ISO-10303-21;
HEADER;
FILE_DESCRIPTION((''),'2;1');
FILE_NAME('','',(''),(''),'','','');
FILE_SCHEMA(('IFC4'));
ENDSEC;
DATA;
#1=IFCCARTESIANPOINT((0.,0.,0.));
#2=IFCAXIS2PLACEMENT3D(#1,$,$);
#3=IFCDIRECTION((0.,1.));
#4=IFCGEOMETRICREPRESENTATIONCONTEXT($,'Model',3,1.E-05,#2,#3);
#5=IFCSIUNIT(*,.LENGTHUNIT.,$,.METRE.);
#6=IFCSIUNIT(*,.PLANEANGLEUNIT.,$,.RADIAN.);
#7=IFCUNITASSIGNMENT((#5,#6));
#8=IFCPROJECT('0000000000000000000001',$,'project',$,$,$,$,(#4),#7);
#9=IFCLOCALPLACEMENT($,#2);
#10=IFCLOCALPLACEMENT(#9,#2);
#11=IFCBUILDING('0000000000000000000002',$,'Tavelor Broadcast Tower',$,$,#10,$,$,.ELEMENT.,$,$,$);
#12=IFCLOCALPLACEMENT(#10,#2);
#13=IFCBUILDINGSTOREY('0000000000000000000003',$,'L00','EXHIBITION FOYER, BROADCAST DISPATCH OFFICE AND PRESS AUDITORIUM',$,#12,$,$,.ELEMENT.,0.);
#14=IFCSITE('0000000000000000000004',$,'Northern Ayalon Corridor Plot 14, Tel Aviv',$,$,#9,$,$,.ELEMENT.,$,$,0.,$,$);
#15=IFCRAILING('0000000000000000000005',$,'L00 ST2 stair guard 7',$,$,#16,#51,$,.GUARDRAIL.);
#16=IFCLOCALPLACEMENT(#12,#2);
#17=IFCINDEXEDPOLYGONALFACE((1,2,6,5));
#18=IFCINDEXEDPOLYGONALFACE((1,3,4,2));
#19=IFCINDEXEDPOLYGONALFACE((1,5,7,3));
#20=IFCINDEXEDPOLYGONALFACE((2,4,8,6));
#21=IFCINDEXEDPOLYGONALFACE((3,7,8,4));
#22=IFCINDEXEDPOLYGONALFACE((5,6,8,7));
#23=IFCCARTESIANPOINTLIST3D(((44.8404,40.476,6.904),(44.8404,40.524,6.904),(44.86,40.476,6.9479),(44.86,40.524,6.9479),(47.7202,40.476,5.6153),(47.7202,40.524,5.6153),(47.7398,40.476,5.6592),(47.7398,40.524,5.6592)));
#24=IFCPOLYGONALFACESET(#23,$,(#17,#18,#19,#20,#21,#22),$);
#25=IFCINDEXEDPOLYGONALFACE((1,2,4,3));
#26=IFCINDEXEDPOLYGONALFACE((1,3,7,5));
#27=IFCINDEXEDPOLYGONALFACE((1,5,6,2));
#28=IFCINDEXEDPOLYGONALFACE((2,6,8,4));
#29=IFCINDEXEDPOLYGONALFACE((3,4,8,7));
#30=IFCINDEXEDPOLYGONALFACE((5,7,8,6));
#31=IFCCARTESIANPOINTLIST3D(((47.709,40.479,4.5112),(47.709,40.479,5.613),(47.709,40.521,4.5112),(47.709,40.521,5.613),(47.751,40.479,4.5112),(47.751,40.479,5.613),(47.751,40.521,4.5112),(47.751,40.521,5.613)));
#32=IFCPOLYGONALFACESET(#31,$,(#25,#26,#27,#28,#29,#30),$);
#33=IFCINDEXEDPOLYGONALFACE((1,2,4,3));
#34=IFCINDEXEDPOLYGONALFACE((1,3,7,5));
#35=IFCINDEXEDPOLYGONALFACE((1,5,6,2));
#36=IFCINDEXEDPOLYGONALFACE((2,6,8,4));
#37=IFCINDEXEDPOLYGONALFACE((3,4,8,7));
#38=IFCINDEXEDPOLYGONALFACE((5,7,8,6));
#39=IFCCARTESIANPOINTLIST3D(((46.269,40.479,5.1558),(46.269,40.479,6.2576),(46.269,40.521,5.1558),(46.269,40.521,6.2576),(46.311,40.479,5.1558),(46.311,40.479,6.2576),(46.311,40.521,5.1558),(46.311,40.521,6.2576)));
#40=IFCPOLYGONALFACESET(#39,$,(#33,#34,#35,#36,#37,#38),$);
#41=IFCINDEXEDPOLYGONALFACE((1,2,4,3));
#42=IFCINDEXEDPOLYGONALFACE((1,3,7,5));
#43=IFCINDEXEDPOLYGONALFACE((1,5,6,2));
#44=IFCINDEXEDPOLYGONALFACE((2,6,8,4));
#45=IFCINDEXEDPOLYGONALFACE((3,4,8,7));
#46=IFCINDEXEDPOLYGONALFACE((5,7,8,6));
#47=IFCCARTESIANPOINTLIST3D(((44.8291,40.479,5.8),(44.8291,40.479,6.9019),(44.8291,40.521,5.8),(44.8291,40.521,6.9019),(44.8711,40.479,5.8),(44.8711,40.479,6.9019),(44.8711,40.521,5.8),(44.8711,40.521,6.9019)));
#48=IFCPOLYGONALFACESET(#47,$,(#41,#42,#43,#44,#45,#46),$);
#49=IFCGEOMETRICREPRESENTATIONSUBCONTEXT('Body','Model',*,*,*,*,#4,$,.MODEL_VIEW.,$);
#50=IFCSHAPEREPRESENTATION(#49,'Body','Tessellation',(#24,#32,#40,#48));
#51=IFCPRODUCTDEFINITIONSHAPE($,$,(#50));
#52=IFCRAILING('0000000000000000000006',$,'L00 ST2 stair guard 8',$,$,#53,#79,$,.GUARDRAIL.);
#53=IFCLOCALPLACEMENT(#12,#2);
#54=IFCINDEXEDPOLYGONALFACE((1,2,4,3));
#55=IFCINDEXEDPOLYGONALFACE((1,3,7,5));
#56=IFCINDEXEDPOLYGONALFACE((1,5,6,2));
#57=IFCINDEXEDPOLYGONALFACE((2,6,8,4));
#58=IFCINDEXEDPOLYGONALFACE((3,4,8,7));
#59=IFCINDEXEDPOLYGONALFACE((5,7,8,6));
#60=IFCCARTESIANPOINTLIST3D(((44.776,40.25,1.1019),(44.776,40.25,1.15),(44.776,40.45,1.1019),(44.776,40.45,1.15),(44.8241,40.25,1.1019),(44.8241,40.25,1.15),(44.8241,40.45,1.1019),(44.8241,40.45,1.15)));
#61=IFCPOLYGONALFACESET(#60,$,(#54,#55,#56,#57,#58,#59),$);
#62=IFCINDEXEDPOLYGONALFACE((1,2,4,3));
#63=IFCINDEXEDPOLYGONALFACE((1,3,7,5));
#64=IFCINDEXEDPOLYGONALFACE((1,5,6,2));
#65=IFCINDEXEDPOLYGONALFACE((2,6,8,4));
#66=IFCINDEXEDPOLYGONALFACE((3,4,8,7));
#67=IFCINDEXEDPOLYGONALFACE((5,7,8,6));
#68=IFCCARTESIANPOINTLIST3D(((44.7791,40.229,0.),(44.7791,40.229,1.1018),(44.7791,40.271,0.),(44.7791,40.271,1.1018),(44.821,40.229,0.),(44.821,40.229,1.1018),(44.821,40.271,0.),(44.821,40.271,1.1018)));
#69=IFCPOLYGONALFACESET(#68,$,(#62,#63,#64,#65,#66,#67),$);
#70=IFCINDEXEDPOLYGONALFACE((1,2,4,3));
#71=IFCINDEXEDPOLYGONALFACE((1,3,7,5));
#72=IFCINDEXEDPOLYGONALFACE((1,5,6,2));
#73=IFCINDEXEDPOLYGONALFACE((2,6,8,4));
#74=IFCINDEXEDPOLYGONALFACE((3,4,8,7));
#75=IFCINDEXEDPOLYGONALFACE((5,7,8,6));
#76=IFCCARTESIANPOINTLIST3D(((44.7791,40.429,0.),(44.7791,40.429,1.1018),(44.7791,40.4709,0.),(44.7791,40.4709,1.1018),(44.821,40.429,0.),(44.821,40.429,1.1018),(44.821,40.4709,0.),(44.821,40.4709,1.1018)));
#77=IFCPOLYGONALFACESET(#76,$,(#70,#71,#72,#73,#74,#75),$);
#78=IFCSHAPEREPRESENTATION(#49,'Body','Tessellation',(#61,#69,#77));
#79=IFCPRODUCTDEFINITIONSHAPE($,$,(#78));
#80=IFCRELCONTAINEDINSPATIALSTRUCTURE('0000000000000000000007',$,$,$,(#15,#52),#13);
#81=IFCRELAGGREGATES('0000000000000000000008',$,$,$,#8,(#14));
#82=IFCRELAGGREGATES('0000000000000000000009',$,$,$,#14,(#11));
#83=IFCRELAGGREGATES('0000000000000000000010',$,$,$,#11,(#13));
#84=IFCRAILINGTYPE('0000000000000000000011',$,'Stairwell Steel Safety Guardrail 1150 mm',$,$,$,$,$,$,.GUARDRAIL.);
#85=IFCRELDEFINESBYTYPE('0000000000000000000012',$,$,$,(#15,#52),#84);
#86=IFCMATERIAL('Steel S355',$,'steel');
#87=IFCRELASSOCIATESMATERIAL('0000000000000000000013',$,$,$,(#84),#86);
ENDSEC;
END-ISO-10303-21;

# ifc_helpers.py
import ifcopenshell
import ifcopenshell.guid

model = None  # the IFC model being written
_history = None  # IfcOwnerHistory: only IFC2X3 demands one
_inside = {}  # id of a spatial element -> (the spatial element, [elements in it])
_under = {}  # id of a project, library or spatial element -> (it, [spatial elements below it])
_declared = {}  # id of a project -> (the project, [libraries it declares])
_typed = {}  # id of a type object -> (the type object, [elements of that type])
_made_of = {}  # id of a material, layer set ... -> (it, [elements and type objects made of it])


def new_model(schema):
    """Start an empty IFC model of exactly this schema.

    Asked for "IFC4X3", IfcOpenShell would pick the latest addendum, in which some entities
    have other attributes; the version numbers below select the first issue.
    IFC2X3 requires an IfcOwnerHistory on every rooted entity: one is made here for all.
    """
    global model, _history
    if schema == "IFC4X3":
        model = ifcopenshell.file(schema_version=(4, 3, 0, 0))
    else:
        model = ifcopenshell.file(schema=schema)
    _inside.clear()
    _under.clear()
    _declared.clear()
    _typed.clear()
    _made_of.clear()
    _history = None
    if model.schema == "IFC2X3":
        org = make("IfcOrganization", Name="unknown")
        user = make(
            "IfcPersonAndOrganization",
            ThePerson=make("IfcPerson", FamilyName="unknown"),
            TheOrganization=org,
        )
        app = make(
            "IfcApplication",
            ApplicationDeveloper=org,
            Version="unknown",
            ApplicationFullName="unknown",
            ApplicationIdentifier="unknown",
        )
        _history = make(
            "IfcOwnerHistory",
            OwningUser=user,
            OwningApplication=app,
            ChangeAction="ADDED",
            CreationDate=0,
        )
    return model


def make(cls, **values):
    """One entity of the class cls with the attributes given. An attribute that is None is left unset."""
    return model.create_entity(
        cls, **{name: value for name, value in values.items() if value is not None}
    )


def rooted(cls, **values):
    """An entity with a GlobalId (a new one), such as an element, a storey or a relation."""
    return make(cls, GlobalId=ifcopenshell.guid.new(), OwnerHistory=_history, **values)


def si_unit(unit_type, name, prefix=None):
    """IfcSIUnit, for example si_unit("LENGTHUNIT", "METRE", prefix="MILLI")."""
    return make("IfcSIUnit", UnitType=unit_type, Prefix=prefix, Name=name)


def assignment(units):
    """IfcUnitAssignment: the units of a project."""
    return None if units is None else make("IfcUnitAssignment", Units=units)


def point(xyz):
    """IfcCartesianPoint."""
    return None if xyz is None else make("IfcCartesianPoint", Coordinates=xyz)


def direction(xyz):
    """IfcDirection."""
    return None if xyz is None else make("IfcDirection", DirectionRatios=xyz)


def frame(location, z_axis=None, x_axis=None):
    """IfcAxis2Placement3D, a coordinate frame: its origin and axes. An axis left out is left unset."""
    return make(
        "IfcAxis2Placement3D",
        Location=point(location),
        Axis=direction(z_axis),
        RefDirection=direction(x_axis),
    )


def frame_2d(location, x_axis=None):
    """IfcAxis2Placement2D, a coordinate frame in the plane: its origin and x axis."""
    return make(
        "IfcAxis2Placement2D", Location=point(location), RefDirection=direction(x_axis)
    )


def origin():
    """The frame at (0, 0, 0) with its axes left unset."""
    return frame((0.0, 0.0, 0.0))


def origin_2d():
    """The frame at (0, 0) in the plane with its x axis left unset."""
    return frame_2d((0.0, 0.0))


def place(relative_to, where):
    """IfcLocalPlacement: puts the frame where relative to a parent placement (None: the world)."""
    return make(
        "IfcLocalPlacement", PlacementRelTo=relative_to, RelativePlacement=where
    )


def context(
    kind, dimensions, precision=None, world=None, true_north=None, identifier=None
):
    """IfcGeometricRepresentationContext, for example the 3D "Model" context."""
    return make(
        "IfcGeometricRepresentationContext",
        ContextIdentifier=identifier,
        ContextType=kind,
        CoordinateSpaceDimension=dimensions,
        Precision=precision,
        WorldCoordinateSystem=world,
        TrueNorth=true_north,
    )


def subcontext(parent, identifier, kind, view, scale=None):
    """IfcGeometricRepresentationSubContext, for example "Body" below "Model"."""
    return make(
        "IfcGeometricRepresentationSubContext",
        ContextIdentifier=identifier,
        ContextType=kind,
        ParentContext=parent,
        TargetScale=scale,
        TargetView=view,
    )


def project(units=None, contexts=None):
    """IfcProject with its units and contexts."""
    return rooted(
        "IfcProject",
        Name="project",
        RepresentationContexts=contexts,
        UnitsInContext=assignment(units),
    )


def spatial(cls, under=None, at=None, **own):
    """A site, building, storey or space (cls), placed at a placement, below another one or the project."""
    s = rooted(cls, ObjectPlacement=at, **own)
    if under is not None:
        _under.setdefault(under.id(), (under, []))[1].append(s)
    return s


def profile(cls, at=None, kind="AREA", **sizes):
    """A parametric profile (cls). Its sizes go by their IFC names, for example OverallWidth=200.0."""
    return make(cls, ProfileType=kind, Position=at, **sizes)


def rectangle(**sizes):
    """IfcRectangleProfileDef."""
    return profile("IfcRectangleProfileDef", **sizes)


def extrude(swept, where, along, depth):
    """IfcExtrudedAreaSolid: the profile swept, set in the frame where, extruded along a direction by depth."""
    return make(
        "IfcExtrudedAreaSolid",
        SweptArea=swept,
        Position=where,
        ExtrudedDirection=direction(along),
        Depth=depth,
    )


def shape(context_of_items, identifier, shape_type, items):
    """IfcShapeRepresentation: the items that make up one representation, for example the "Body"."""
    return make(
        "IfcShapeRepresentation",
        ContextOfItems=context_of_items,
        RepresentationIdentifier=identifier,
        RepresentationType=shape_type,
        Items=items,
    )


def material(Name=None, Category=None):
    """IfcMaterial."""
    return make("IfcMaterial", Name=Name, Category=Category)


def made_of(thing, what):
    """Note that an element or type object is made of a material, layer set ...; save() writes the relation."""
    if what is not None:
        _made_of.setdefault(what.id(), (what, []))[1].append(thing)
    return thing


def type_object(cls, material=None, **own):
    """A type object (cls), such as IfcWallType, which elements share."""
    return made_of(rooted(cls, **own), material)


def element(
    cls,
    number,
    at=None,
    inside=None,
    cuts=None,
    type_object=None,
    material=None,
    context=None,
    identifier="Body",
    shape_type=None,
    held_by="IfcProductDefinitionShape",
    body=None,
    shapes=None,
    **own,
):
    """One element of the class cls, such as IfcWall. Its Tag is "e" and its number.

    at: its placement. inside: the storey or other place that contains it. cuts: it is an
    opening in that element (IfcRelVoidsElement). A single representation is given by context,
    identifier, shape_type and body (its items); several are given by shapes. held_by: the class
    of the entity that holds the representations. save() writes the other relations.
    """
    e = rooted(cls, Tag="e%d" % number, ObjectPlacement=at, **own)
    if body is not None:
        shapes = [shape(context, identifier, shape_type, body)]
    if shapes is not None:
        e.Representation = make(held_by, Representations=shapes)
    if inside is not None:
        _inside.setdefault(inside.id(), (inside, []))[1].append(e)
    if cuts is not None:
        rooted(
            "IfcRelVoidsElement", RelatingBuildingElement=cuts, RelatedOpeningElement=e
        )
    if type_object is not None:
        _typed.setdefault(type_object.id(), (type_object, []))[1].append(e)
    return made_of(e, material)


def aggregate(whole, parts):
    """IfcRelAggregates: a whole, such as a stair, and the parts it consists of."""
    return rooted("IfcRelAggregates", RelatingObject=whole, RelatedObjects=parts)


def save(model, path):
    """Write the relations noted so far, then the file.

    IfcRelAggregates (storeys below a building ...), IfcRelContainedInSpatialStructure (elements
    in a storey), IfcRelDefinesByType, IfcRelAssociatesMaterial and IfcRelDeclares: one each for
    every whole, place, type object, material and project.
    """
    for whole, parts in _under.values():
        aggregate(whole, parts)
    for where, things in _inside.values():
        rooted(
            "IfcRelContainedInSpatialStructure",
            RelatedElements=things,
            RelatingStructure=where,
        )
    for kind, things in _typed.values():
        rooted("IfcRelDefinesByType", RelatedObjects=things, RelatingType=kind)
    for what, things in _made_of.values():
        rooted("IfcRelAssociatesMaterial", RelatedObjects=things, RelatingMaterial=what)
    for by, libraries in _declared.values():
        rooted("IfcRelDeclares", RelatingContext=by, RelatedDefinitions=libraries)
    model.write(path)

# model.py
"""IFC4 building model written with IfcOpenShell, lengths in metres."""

from ifc_helpers import new_model, si_unit, direction, frame, origin, origin_2d, place, context, subcontext, project, spatial, rectangle, extrude, material, type_object, element, save


model = new_model("IFC4")

# Units and contexts
model_context = context("Model", 3, precision=1e-05, world=origin(), true_north=direction((0.0, 1.0)))
body_context = subcontext(model_context, "Body", "Model", "MODEL_VIEW")
ifc_project = project(units=[si_unit("LENGTHUNIT", "METRE"), si_unit("PLANEANGLEUNIT", "RADIAN")], contexts=[model_context])

# Site, building, storey
site_placement = place(None, origin())
site = spatial("IfcSite", under=ifc_project, at=site_placement, Name="Northern Ayalon Corridor Plot 14, Tel Aviv", CompositionType="ELEMENT", RefElevation=0.0)
building_placement = place(site_placement, origin())
building = spatial("IfcBuilding", under=site, at=building_placement, Name="Tavelor Broadcast Tower", CompositionType="ELEMENT")
storey_placement = place(building_placement, origin())
storey = spatial("IfcBuildingStorey", under=building, at=storey_placement, Name="L00", Description="EXHIBITION FOYER, BROADCAST DISPATCH OFFICE AND PRESS AUDITORIUM", CompositionType="ELEMENT", Elevation=0.0)

# Shared definitions
ifc_material_1 = material(Name="Steel S355", Category="steel")

# Railings
railing_type_1 = type_object("IfcRailingType", Name="Stairwell Steel Safety Guardrail 1150 mm", PredefinedType="GUARDRAIL", material=ifc_material_1)
railing_1_placement = place(storey_placement, frame((47.73, 40.5, 4.5112)))
element("IfcRailing", 1, at=railing_1_placement, inside=storey, type_object=railing_type_1, Name="L00 ST2 stair guard 7", PredefinedType="GUARDRAIL", context=body_context, shape_type="SweptSolid", body=[
    extrude(rectangle(XDim=0.0481, YDim=0.0481, at=origin_2d()), frame((0.0, 0.0, 1.126), z_axis=(-0.912765, 0.0, 0.408485), x_axis=(0.0, -1.0, 0.0)), (0.0, 0.0, 1.0), 3.155),
    extrude(rectangle(XDim=0.042, YDim=0.042, at=origin_2d()), origin(), (0.0, 0.0, 1.0), 1.1018),
    extrude(rectangle(XDim=0.042, YDim=0.042, at=origin_2d()), frame((-1.4399, 0.0, 0.6445)), (0.0, 0.0, 1.0), 1.1018),
    extrude(rectangle(XDim=0.042, YDim=0.042, at=origin_2d()), frame((-2.8799, 0.0, 1.2888)), (0.0, 0.0, 1.0), 1.1018),
])
railing_2_placement = place(storey_placement, frame((44.8, 40.25, 0.0)))
element("IfcRailing", 2, at=railing_2_placement, inside=storey, type_object=railing_type_1, Name="L00 ST2 stair guard 8", PredefinedType="GUARDRAIL", context=body_context, shape_type="SweptSolid", body=[
    extrude(rectangle(XDim=0.0481, YDim=0.0481, at=origin_2d()), frame((0.0, 0.0, 1.126), z_axis=(0.0, 1.0, 0.0), x_axis=(-1.0, 0.0, 0.0)), (0.0, 0.0, 1.0), 0.2),
    extrude(rectangle(XDim=0.042, YDim=0.042, at=origin_2d()), origin(), (0.0, 0.0, 1.0), 1.1018),
    extrude(rectangle(XDim=0.042, YDim=0.042, at=origin_2d()), frame((0.0, 0.2, 0.0)), (0.0, 0.0, 1.0), 1.1018),
])

save(model, "model.ifc")
